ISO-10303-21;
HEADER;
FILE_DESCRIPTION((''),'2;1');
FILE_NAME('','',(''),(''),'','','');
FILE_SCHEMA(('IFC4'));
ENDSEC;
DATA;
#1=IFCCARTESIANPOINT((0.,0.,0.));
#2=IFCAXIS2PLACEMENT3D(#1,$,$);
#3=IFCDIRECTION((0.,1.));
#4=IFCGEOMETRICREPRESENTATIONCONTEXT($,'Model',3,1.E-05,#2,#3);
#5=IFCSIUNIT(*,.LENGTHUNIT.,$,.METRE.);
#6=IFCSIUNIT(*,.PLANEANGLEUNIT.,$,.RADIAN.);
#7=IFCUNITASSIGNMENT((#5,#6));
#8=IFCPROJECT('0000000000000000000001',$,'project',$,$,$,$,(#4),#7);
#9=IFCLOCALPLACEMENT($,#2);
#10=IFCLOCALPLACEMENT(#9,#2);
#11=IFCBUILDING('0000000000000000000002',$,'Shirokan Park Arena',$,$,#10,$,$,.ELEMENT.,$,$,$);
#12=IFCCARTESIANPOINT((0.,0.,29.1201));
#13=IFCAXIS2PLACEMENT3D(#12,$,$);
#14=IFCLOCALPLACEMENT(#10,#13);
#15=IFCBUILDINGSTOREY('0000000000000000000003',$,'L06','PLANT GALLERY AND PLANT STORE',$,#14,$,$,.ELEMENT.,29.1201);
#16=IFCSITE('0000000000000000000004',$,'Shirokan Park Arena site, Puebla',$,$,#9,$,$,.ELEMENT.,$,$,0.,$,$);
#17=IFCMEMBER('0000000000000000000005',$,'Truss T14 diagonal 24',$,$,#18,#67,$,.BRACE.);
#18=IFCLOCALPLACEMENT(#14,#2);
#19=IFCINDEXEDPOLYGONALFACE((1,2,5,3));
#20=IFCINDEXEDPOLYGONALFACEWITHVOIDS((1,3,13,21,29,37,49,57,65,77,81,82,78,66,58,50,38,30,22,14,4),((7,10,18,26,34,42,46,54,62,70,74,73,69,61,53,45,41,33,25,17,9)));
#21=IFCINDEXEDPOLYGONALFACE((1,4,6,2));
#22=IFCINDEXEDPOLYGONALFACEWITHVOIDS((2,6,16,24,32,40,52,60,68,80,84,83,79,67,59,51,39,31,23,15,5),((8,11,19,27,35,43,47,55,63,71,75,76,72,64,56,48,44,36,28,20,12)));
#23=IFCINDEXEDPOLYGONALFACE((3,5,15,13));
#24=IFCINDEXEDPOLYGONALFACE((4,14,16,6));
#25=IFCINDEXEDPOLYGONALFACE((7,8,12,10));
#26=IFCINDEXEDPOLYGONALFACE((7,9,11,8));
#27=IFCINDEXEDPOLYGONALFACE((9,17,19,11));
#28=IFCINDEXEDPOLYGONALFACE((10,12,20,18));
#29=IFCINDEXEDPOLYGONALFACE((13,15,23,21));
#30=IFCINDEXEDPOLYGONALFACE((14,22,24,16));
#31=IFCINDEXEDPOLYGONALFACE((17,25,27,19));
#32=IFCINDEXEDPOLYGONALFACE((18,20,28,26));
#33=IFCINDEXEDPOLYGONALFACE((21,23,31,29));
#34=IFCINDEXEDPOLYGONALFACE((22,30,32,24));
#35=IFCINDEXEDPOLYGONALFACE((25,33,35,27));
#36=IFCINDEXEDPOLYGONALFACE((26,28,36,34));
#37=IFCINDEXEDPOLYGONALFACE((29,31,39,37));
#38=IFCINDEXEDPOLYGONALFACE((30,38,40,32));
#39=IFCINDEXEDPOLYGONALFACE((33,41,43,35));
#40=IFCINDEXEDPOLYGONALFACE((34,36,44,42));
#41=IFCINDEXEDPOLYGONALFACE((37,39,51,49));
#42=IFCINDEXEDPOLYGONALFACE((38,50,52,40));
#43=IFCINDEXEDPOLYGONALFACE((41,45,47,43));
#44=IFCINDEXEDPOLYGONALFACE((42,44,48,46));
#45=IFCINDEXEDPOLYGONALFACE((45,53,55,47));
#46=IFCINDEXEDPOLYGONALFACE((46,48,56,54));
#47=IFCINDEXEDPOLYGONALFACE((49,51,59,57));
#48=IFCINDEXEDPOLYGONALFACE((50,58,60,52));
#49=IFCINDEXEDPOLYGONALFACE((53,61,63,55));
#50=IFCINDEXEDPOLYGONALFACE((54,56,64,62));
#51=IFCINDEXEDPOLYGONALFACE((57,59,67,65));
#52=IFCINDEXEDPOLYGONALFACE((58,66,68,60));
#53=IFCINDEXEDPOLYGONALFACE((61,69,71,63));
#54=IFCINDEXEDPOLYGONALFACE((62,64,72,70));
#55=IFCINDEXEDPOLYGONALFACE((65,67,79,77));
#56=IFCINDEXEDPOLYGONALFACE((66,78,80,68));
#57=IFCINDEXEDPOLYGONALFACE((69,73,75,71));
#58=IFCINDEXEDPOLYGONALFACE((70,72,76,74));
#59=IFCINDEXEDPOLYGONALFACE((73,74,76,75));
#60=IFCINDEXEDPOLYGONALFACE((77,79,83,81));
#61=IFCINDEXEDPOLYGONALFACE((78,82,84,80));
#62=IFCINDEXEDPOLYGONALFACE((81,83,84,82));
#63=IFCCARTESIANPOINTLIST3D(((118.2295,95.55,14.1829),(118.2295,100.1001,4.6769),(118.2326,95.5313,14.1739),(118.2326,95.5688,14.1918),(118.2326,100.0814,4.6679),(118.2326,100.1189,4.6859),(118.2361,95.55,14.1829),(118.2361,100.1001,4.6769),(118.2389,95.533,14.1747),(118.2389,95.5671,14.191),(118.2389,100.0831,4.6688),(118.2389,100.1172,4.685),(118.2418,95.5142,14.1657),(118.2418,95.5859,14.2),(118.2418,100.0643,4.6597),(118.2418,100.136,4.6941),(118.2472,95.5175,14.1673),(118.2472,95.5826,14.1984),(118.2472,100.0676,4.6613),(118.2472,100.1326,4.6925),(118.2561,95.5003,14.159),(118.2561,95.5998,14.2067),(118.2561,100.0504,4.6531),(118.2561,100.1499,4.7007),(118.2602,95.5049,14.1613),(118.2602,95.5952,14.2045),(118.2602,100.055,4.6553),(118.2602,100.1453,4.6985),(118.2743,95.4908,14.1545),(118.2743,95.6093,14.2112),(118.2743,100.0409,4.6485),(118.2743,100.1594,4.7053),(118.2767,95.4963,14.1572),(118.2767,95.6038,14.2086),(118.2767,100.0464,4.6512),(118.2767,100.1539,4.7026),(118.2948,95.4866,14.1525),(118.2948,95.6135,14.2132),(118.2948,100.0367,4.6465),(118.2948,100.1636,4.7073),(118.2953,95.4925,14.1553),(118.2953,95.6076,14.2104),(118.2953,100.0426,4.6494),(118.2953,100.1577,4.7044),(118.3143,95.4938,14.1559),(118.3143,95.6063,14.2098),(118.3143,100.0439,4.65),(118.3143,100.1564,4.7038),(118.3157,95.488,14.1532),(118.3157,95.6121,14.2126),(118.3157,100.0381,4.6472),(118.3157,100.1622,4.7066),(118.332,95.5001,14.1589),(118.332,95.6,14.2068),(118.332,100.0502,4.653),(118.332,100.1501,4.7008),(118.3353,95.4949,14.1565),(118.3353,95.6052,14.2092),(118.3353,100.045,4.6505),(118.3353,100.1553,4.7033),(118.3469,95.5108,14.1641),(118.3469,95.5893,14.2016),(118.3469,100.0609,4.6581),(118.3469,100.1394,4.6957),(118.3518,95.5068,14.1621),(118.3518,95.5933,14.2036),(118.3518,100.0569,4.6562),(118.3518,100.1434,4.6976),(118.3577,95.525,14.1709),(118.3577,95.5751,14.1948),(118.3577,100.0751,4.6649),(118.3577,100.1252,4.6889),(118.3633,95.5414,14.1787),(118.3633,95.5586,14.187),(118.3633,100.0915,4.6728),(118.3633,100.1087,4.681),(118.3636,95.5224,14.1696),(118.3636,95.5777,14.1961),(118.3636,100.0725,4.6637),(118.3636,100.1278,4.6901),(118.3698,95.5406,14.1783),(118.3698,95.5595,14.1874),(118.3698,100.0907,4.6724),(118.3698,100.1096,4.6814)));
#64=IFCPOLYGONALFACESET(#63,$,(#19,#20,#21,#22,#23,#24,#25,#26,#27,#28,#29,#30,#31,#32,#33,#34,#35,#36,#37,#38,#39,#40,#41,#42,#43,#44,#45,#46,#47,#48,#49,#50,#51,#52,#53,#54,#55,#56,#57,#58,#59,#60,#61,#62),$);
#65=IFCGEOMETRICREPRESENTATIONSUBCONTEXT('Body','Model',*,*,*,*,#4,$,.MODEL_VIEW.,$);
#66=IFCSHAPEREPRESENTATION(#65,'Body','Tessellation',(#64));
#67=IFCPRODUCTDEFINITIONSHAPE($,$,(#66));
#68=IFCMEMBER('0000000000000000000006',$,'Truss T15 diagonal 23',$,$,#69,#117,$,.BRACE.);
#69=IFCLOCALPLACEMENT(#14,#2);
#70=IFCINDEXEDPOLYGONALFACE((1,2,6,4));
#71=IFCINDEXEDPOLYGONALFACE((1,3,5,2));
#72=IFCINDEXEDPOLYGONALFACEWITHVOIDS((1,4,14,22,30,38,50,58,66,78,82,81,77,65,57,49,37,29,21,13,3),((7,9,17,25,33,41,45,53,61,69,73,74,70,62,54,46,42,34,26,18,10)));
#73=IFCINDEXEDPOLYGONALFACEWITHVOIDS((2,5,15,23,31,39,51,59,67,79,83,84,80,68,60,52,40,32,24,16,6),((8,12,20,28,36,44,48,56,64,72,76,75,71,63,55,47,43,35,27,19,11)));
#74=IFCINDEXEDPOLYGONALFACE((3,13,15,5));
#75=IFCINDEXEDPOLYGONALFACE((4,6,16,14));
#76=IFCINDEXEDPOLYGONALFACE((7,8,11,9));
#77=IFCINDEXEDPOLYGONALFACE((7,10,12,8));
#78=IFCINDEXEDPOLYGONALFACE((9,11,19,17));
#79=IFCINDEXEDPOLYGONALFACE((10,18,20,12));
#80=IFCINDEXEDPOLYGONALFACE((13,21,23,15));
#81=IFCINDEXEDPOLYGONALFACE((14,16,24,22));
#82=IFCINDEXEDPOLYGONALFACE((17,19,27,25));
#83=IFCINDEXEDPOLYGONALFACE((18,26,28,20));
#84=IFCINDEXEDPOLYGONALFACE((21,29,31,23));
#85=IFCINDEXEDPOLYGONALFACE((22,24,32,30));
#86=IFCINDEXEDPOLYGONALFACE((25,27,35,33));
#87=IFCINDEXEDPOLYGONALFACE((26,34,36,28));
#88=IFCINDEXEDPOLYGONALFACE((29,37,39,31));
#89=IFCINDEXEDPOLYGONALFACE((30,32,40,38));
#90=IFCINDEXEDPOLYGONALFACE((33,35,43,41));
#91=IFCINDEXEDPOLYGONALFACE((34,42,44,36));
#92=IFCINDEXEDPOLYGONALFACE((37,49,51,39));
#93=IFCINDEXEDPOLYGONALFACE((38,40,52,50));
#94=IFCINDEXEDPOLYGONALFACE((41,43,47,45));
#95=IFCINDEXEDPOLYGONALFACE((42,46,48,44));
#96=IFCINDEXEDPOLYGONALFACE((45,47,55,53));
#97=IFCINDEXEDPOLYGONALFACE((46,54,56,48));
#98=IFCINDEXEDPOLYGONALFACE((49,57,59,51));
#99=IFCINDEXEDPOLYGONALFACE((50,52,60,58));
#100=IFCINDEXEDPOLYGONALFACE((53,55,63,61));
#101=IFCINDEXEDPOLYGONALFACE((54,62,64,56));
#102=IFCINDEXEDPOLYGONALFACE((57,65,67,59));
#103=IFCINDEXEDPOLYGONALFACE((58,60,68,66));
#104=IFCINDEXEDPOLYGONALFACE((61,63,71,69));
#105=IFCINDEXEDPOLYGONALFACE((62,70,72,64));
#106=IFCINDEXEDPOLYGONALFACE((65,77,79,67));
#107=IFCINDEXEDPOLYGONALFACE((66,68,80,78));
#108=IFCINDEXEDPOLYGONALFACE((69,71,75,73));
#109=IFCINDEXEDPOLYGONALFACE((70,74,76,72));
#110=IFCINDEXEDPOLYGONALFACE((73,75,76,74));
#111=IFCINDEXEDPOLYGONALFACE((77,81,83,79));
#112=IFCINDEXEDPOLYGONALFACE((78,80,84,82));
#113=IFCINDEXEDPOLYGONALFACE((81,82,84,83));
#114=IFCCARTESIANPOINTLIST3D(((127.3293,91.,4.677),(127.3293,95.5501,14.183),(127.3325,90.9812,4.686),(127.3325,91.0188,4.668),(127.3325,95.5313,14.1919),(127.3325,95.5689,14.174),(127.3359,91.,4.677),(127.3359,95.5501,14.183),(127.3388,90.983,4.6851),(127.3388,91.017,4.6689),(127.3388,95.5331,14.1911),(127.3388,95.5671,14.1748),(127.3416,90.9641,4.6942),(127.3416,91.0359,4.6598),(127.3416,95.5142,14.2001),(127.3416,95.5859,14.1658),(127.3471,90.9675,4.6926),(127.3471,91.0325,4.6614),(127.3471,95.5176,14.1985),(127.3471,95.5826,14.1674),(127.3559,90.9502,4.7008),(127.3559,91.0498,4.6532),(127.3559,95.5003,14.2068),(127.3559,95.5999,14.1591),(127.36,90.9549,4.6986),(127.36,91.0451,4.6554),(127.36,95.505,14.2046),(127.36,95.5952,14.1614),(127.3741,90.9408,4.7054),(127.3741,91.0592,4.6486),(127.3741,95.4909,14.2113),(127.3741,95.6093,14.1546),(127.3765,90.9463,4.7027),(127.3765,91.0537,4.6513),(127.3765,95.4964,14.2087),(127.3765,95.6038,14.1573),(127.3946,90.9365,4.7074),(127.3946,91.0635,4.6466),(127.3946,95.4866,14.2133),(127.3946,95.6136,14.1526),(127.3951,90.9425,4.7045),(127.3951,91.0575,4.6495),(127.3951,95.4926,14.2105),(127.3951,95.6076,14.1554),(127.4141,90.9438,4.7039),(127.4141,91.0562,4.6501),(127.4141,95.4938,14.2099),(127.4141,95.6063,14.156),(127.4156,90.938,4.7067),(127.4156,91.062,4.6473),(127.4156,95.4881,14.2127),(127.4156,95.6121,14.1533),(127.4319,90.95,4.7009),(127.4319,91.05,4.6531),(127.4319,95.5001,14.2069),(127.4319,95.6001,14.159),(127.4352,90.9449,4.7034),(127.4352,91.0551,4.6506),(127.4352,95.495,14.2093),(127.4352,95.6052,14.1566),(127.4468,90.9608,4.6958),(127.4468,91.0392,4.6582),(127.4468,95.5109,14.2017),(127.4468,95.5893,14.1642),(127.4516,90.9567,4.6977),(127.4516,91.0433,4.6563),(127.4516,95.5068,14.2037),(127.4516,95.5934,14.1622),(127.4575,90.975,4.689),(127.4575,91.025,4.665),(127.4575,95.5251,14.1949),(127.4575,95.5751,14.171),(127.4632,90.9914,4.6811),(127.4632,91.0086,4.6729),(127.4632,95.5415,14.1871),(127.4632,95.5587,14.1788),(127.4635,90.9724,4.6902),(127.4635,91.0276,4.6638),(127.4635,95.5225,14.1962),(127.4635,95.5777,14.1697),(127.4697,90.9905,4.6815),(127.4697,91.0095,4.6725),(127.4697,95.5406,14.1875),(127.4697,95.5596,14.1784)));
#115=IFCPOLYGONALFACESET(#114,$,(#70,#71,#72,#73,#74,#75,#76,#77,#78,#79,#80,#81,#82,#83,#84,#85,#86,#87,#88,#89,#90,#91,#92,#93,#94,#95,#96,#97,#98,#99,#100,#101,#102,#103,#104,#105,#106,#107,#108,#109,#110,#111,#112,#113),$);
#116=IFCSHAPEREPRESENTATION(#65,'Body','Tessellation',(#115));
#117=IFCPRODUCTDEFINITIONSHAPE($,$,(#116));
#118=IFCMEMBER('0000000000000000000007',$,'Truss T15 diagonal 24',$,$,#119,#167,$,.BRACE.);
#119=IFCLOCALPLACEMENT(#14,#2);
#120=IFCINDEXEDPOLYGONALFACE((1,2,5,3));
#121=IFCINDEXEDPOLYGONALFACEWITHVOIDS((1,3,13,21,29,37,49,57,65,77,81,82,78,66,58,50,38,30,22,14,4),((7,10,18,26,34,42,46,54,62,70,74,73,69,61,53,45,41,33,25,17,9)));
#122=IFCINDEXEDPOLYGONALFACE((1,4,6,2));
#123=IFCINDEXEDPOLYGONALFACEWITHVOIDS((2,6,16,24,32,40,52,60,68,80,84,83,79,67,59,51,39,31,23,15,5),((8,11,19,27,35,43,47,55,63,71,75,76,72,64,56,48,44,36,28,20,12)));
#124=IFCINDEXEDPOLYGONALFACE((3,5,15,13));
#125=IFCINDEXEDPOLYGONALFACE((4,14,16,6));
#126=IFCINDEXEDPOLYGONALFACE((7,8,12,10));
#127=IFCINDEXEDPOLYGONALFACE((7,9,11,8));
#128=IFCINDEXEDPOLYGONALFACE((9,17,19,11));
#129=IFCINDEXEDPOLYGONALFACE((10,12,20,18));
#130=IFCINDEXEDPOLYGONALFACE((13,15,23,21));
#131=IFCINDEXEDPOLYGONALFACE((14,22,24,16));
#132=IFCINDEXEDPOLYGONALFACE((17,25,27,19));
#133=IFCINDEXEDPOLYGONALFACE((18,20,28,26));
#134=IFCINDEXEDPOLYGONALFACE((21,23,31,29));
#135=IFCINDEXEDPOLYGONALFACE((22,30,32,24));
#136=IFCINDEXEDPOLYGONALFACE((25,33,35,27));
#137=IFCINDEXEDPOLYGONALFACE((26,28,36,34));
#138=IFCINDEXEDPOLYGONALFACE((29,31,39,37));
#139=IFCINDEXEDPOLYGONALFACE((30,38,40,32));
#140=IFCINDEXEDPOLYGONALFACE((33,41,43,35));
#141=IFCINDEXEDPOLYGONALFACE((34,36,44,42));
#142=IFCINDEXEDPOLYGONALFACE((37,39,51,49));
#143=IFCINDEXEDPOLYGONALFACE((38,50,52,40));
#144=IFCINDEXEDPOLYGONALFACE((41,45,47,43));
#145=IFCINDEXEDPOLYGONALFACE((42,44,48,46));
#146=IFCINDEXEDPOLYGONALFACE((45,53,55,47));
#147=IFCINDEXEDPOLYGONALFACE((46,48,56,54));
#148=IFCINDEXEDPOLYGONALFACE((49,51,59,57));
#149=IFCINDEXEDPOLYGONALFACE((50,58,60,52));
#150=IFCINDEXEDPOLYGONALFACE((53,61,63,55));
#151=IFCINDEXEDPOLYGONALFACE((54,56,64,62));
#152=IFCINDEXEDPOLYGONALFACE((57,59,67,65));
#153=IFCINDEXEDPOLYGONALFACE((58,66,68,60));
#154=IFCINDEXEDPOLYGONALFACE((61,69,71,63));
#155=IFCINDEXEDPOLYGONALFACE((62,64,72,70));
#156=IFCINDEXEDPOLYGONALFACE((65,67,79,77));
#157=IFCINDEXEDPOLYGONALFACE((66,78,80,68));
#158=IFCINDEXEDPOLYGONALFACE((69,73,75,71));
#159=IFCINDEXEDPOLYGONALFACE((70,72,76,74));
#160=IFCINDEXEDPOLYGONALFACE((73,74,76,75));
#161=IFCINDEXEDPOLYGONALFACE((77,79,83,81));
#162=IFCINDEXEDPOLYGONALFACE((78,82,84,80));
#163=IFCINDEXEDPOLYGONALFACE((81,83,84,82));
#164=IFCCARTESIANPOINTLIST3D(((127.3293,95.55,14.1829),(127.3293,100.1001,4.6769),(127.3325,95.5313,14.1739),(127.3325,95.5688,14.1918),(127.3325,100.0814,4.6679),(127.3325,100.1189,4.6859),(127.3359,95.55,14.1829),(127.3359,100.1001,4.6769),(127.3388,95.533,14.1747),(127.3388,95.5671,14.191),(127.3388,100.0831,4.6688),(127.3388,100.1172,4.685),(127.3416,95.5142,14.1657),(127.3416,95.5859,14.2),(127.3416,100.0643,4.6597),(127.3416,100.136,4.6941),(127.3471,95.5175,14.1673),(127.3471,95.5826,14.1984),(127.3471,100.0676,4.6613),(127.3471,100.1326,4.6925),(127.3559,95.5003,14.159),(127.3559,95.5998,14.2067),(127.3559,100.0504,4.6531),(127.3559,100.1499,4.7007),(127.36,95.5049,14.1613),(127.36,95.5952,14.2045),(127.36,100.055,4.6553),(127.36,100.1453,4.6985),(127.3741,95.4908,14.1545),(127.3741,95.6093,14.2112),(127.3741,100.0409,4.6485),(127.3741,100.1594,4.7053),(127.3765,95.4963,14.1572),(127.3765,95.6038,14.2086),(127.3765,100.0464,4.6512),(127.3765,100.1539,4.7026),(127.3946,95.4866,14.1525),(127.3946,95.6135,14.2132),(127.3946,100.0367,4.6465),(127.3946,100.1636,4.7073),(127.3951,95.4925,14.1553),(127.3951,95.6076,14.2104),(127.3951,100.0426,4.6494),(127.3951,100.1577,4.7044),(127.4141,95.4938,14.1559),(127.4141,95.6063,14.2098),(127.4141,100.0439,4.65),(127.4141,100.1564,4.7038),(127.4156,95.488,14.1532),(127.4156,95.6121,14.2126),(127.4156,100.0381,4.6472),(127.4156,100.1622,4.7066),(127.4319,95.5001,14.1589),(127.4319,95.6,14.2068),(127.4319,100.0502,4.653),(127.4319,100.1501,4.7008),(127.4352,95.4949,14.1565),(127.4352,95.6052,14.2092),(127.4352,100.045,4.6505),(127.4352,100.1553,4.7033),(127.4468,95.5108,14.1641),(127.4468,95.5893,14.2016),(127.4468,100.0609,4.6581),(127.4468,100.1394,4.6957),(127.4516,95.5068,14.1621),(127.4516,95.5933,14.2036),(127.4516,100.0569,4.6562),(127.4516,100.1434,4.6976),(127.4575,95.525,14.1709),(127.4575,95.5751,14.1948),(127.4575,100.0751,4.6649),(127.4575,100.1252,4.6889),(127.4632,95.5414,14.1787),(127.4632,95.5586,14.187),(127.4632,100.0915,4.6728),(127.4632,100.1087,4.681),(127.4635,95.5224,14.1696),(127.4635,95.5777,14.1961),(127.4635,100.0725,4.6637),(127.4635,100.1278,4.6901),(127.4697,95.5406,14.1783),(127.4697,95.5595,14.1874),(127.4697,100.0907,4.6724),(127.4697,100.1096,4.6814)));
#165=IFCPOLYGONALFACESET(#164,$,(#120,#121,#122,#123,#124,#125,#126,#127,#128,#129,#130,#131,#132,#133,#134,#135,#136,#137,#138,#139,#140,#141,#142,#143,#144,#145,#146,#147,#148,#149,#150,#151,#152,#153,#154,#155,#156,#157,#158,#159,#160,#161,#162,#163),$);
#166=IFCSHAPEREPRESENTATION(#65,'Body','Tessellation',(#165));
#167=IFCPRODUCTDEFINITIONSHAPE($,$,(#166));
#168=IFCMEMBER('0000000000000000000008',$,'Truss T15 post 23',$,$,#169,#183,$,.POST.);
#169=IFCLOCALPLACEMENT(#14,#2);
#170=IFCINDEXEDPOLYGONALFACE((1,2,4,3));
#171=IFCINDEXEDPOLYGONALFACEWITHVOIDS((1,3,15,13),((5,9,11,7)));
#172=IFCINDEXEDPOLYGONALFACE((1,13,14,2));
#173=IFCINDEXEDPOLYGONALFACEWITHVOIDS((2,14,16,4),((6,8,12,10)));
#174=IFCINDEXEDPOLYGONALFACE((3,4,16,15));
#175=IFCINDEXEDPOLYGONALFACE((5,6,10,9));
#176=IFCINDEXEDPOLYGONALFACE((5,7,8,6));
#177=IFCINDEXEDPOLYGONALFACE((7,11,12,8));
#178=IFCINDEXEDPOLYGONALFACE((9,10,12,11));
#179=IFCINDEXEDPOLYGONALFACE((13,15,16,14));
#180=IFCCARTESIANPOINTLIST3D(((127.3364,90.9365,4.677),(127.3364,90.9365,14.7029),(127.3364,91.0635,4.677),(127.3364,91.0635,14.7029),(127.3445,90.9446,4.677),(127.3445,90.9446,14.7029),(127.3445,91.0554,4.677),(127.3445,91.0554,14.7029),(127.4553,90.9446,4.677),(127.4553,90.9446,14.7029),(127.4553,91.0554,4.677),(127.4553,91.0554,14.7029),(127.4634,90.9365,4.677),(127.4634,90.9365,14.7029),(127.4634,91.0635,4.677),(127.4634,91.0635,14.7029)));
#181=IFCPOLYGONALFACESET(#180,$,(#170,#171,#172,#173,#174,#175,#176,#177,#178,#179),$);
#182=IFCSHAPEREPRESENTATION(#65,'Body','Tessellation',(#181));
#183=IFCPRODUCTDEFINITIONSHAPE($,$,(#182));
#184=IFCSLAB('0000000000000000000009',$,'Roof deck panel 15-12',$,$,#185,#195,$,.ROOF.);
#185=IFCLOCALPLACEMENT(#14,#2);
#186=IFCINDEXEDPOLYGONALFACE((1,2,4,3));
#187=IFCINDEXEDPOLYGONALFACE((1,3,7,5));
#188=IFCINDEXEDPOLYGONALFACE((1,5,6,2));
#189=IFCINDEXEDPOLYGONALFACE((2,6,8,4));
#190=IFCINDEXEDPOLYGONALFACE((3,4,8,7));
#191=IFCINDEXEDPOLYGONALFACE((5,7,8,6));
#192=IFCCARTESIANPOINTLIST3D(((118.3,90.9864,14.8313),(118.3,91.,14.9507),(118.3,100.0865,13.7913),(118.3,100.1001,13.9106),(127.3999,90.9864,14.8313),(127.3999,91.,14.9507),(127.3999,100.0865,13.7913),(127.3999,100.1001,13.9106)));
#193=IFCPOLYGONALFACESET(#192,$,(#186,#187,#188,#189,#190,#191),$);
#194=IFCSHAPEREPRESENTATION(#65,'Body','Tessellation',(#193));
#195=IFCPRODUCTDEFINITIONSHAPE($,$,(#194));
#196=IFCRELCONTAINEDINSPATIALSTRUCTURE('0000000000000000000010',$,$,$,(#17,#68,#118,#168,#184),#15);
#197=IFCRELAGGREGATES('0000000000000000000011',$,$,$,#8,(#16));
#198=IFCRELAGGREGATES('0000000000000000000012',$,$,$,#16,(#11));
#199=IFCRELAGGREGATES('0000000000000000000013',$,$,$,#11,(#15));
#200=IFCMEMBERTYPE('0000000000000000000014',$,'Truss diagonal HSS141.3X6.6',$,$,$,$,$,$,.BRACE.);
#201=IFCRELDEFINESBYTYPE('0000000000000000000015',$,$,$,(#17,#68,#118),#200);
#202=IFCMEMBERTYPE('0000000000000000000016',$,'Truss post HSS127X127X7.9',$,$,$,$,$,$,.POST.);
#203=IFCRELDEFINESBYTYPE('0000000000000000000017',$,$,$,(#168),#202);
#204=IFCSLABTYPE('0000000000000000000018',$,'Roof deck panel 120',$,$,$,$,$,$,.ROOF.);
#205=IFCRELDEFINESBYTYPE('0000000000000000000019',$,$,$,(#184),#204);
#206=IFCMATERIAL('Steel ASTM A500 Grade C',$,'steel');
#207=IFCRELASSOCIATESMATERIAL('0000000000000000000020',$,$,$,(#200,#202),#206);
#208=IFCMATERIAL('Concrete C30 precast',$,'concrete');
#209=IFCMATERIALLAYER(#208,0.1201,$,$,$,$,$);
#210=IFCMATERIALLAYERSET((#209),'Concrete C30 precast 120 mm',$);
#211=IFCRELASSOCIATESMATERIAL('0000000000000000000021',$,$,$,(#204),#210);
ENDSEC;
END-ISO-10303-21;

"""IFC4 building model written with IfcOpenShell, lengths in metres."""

from ifc_helpers import new_model, si_unit, direction, frame, origin, origin_2d, place, context, subcontext, project, spatial, polyline, hollow_rectangle, hollow_circle, outline, extrude, material, layer, layer_set, material_profile, profile_set, type_object, element, save


model = new_model("IFC4")

# Units and contexts
model_context = context("Model", 3, precision=1e-05, world=origin(), true_north=direction((0.0, 1.0)))
body_context = subcontext(model_context, "Body", "Model", "MODEL_VIEW")
ifc_project = project(units=[si_unit("LENGTHUNIT", "METRE"), si_unit("PLANEANGLEUNIT", "RADIAN")], contexts=[model_context])

# Site, building, storey
site_placement = place(None, origin())
site = spatial("IfcSite", under=ifc_project, at=site_placement, Name="Shirokan Park Arena site, Puebla", CompositionType="ELEMENT", RefElevation=0.0)
building_placement = place(site_placement, origin())
building = spatial("IfcBuilding", under=site, at=building_placement, Name="Shirokan Park Arena", CompositionType="ELEMENT")
storey_placement = place(building_placement, frame((0.0, 0.0, 29.1201)))
storey = spatial("IfcBuildingStorey", under=building, at=storey_placement, Name="L06", Description="PLANT GALLERY AND PLANT STORE", CompositionType="ELEMENT", Elevation=29.1201)

# Members
ifc_material_1 = material(Name="Steel ASTM A500 Grade C", Category="steel")
ifc_material_profile_1 = material_profile(ifc_material_1, hollow_circle(Radius=0.0706, WallThickness=0.0066, at=origin_2d()), Name="HSS141.3X6.6")
ifc_profile_set_1 = profile_set([ifc_material_profile_1], Name="Steel ASTM A500 Grade C")
member_type_1 = type_object("IfcMemberType", Name="Truss diagonal HSS141.3X6.6", PredefinedType="BRACE", material=ifc_profile_set_1)
for number, where, z_axis, x_axis, name in (
    (1, (118.3, 95.55, 14.1829), (0.0, 0.431746, -0.901995), (-1.0, 0.0, 0.0), "Truss T14 diagonal 24"),
    (2, (127.3999, 91.0, 4.677), (0.0, 0.431746, 0.901995), (-1.0, 0.0, 0.0), "Truss T15 diagonal 23"),
    (3, (127.3999, 95.55, 14.1829), (0.0, 0.431746, -0.901995), (-1.0, 0.0, 0.0), "Truss T15 diagonal 24"),
):
    element("IfcMember", number, at=place(storey_placement, frame(where, z_axis=z_axis, x_axis=x_axis)), inside=storey, type_object=member_type_1, Name=name, PredefinedType="BRACE", context=body_context, shape_type="SweptSolid", body=[
        extrude(hollow_circle(Radius=0.0706, WallThickness=0.0066, at=origin_2d()), origin(), (0.0, 0.0, 1.0), 10.5388),
    ])
ifc_material_profile_2 = material_profile(ifc_material_1, hollow_rectangle(XDim=0.127, YDim=0.127, WallThickness=0.0081, at=origin_2d()), Name="HSS127X127X7.9")
ifc_profile_set_2 = profile_set([ifc_material_profile_2], Name="Steel ASTM A500 Grade C")
member_type_2 = type_object("IfcMemberType", Name="Truss post HSS127X127X7.9", PredefinedType="POST", material=ifc_profile_set_2)
member_1_placement = place(storey_placement, frame((127.3999, 91.0, 4.677), z_axis=(0.0, 0.0, 1.0), x_axis=(1.0, 0.0, 0.0)))
element("IfcMember", 4, at=member_1_placement, inside=storey, type_object=member_type_2, Name="Truss T15 post 23", PredefinedType="POST", context=body_context, shape_type="SweptSolid", body=[
    extrude(hollow_rectangle(XDim=0.127, YDim=0.127, WallThickness=0.0081, at=origin_2d()), origin(), (0.0, 0.0, 1.0), 10.0259),
])

# Slab
ifc_material_2 = material(Name="Concrete C30 precast", Category="concrete")
ifc_layer_1 = layer(ifc_material_2, 0.1201)
ifc_layer_set_1 = layer_set([ifc_layer_1], Name="Concrete C30 precast 120 mm")
slab_type = type_object("IfcSlabType", Name="Roof deck panel 120", PredefinedType="ROOF", material=ifc_layer_set_1)
slab_1_placement = place(storey_placement, frame((118.3, 91.0, 14.9507), z_axis=(0.0, 0.11355, 0.993532), x_axis=(1.0, 0.0, 0.0)))
element("IfcSlab", 5, at=slab_1_placement, inside=storey, type_object=slab_type, Name="Roof deck panel 15-12", PredefinedType="ROOF", context=body_context, shape_type="SweptSolid", body=[
    extrude(outline(polyline([(0.0, 0.0), (9.0999, 0.0), (9.0999, 9.1593), (0.0, 9.1593), (0.0, 0.0)])), origin(), (0.0, 0.0, -1.0), 0.1201),
])

save(model, "model.ifc")
